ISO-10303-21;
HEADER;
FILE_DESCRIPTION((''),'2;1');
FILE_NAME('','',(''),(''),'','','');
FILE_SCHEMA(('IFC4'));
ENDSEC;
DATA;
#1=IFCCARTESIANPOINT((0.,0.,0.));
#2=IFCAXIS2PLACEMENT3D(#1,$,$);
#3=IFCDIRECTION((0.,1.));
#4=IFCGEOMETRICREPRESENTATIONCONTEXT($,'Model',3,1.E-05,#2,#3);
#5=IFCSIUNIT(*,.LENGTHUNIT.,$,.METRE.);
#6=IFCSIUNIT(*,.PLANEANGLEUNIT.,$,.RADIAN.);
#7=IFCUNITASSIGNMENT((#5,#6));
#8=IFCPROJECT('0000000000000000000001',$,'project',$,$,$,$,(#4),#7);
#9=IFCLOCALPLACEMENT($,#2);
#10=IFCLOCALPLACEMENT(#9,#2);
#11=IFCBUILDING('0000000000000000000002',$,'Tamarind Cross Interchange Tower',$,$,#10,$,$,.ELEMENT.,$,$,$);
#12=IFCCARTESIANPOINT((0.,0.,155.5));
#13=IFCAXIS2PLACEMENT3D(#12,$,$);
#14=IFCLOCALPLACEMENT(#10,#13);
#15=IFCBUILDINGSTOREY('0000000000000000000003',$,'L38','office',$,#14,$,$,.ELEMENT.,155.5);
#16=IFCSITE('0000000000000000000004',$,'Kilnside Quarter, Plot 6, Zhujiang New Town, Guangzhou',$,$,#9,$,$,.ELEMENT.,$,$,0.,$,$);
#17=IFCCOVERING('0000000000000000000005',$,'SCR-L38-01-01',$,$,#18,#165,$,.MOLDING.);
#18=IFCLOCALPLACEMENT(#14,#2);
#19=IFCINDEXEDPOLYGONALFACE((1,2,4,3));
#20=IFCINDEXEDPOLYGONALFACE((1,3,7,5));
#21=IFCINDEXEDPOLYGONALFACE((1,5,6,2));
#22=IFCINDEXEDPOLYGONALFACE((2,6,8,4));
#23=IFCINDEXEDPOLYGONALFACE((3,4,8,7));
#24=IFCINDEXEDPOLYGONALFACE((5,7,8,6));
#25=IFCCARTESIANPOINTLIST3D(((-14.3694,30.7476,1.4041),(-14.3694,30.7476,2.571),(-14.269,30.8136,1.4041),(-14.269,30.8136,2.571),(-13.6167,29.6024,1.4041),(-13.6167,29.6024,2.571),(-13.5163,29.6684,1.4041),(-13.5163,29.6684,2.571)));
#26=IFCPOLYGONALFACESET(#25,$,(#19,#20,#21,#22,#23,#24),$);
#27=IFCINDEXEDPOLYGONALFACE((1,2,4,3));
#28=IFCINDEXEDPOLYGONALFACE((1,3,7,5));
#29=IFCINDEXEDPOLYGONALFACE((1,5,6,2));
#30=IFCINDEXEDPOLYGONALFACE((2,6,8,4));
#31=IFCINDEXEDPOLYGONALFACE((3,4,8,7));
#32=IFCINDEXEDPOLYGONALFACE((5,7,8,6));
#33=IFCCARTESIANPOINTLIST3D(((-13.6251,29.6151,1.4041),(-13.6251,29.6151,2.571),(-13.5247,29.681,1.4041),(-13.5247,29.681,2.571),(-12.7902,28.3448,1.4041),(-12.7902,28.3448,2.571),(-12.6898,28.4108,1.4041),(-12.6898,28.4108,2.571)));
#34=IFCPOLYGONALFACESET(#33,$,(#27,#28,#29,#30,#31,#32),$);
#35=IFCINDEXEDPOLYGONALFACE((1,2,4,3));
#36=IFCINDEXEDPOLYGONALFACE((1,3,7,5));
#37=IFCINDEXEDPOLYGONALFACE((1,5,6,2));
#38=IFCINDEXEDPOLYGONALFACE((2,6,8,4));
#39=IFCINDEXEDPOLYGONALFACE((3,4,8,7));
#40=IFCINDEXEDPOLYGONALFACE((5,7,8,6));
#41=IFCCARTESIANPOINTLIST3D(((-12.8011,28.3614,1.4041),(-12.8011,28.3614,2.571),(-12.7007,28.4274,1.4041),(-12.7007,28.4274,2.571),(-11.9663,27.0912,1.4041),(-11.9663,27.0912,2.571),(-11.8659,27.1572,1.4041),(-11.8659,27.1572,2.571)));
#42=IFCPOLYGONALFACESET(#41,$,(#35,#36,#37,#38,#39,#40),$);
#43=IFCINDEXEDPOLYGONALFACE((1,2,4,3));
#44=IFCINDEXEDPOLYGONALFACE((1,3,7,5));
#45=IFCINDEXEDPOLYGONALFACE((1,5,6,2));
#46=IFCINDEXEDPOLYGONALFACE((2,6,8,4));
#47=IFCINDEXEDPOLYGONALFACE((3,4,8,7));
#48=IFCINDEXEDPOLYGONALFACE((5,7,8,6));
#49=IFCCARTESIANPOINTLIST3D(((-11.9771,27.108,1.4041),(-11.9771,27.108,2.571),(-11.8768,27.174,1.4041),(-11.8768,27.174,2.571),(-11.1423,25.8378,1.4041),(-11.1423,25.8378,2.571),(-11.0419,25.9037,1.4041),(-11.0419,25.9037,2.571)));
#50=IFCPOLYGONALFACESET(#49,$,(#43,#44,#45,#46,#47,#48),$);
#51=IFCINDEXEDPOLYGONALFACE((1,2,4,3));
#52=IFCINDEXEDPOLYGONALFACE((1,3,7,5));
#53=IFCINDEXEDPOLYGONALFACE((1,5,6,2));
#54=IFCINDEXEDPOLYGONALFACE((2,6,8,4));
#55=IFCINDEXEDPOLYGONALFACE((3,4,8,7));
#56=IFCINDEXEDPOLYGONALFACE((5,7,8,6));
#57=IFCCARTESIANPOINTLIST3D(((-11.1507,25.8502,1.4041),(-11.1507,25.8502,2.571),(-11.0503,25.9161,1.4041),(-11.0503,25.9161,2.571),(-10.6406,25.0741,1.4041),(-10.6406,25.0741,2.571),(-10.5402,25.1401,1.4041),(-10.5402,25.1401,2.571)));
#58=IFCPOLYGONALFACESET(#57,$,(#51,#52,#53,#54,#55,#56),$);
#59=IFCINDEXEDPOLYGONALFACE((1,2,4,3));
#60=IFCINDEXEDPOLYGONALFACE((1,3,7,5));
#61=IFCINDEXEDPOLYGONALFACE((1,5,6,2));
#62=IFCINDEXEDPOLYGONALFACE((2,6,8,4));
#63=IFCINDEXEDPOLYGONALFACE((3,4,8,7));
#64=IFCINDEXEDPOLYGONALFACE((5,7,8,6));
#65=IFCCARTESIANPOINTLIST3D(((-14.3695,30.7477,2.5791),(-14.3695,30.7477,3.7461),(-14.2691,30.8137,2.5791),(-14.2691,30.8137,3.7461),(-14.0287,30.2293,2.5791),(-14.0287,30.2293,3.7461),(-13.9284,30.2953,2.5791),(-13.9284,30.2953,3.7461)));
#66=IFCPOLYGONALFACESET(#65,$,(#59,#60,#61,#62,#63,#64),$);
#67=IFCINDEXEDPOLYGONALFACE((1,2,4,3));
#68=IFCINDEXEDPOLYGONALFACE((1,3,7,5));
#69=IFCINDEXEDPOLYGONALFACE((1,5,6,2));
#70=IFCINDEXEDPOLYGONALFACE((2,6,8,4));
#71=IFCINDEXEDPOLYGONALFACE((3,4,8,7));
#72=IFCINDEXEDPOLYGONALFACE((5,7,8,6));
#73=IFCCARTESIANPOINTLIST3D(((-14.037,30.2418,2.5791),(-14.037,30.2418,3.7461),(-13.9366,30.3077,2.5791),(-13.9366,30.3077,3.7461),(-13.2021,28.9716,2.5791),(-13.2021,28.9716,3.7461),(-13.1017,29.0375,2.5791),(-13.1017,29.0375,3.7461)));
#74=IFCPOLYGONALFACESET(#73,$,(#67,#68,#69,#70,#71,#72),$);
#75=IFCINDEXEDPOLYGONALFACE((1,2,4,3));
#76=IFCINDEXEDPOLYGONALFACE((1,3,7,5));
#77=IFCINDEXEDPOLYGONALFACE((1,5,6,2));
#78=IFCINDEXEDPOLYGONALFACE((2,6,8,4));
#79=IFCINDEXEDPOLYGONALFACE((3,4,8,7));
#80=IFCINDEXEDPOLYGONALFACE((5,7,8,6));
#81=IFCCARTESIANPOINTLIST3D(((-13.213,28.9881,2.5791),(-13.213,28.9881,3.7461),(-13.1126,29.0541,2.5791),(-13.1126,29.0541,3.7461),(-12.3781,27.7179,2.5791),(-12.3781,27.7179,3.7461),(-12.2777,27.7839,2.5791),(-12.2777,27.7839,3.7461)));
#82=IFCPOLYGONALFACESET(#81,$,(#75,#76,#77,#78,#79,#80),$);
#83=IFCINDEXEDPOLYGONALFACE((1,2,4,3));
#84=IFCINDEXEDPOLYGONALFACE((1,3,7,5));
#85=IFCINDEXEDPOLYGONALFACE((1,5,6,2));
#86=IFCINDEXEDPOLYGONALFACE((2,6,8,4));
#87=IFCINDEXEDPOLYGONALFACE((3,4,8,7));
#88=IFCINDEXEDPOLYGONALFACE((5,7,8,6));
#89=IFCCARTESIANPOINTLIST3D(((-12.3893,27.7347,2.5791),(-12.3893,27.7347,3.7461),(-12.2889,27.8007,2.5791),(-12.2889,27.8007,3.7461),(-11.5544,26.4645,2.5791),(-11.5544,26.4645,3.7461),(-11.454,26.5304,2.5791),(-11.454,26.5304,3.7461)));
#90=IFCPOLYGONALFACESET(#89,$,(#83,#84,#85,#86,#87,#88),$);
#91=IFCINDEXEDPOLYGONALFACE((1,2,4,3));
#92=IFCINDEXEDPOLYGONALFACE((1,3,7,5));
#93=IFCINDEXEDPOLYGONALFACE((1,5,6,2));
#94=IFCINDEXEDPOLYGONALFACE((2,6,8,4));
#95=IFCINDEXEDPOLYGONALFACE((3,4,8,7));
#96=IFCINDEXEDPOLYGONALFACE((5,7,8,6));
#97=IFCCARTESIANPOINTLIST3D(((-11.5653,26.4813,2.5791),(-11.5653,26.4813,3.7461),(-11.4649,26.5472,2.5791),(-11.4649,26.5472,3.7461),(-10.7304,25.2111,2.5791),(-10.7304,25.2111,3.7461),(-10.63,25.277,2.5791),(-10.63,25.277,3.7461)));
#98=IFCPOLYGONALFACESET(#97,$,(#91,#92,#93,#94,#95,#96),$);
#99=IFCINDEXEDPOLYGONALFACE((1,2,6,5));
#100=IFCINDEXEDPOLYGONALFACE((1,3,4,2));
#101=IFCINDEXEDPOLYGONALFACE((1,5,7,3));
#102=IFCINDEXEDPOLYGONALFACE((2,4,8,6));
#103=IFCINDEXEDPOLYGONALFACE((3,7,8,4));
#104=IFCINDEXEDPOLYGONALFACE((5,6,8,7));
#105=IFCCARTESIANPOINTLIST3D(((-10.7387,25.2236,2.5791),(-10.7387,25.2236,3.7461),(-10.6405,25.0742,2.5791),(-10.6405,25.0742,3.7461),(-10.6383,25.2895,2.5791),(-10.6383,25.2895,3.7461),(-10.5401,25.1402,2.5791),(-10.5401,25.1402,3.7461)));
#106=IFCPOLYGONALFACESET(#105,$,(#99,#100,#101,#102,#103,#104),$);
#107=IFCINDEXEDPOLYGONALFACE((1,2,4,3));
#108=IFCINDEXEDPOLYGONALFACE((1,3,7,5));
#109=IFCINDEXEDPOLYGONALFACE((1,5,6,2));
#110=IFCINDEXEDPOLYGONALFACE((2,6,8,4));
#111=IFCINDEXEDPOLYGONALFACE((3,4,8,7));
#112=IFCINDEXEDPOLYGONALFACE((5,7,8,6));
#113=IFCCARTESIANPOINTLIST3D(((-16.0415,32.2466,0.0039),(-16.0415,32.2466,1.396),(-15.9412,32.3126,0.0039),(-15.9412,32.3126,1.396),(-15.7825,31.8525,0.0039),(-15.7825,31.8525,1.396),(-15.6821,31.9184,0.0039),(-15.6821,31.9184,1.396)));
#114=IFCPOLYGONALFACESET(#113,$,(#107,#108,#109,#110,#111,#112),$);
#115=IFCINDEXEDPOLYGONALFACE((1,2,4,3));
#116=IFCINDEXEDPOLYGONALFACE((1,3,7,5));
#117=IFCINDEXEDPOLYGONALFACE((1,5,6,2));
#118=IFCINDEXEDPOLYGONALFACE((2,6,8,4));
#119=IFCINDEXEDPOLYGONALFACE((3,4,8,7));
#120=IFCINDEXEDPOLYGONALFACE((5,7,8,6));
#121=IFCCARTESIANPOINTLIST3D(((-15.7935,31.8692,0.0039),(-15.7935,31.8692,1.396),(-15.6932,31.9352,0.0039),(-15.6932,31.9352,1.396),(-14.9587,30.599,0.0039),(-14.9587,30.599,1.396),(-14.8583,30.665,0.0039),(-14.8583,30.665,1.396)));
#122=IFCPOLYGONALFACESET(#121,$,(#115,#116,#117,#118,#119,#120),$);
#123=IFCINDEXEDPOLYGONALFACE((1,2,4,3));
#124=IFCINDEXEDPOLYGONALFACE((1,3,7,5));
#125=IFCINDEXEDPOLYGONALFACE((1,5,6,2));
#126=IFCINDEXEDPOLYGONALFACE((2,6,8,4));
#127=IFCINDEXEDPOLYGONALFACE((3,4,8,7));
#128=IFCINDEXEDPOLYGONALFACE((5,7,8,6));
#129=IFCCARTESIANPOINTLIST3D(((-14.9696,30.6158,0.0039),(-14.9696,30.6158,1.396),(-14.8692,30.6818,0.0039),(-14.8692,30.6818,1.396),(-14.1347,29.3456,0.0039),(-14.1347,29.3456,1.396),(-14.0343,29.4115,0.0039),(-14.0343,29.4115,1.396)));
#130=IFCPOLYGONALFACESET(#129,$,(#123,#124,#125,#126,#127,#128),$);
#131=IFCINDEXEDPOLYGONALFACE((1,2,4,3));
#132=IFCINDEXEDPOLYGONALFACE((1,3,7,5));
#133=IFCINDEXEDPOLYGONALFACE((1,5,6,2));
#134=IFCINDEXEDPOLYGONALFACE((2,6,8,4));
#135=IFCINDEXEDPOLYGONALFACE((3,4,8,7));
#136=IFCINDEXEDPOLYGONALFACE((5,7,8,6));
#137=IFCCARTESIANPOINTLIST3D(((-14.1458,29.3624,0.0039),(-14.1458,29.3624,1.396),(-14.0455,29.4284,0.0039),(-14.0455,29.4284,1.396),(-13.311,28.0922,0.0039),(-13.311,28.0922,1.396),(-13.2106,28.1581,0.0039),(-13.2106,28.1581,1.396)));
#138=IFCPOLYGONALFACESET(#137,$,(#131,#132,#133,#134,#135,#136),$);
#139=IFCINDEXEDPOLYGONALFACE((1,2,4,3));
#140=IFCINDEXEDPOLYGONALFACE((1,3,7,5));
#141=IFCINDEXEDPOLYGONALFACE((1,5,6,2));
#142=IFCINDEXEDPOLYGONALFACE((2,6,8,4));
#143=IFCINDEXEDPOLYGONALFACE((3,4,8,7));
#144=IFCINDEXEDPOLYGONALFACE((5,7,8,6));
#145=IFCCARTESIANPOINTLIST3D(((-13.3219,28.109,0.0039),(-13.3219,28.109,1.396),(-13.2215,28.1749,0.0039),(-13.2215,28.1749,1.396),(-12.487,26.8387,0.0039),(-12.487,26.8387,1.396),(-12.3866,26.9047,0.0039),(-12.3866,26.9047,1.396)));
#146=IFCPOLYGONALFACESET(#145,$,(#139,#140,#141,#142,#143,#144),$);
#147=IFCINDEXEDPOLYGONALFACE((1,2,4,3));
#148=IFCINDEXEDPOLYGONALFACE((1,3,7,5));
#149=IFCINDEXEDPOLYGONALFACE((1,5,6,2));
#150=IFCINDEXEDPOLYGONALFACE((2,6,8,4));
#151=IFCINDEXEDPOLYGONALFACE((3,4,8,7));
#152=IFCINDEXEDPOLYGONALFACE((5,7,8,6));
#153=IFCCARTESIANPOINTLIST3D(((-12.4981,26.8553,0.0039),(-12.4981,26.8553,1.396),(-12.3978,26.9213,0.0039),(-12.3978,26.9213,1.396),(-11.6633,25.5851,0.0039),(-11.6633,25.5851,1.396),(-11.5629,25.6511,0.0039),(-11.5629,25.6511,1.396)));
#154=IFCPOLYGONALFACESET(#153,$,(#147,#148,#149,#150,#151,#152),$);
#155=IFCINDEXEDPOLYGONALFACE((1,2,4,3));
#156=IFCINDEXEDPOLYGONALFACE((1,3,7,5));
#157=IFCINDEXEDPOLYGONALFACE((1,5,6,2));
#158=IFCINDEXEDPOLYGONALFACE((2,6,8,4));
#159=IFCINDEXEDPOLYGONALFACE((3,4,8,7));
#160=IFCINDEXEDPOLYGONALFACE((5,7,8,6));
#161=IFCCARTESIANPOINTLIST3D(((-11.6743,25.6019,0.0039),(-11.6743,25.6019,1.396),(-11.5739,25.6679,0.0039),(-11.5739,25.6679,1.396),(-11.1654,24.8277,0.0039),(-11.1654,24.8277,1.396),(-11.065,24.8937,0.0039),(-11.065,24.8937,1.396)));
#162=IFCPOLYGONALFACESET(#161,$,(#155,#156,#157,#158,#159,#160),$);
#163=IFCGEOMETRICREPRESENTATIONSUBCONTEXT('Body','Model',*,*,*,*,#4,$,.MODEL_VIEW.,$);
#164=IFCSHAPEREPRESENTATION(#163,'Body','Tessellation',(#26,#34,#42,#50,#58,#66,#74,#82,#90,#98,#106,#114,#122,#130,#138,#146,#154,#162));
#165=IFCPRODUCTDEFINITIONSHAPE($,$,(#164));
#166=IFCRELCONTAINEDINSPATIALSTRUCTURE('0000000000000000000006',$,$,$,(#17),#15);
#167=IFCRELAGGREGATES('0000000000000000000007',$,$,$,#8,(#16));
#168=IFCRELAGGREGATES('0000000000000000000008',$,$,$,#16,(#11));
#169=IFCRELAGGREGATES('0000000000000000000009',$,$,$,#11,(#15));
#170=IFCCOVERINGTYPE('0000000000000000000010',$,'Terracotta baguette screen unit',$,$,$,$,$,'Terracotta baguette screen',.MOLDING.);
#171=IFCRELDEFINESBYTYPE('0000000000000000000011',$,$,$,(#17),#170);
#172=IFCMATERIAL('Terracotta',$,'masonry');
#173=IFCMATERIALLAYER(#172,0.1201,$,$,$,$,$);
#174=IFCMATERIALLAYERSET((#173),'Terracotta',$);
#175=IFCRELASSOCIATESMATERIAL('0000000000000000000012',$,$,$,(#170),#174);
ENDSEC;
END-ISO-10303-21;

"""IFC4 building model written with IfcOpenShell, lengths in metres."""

from ifc_helpers import new_model, si_unit, direction, frame, origin, origin_2d, place, context, subcontext, project, spatial, rectangle, extrude, material, layer, layer_set, type_object, element, save


model = new_model("IFC4")

# Units and contexts
model_context = context("Model", 3, precision=1e-05, world=origin(), true_north=direction((0.0, 1.0)))
body_context = subcontext(model_context, "Body", "Model", "MODEL_VIEW")
ifc_project = project(units=[si_unit("LENGTHUNIT", "METRE"), si_unit("PLANEANGLEUNIT", "RADIAN")], contexts=[model_context])

# Site, building, storey
site_placement = place(None, origin())
site = spatial("IfcSite", under=ifc_project, at=site_placement, Name="Kilnside Quarter, Plot 6, Zhujiang New Town, Guangzhou", CompositionType="ELEMENT", RefElevation=0.0)
building_placement = place(site_placement, origin())
building = spatial("IfcBuilding", under=site, at=building_placement, Name="Tamarind Cross Interchange Tower", CompositionType="ELEMENT")
storey_placement = place(building_placement, frame((0.0, 0.0, 155.5)))
storey = spatial("IfcBuildingStorey", under=building, at=storey_placement, Name="L38", Description="office", CompositionType="ELEMENT", Elevation=155.5)

# Covering
ifc_material_1 = material(Name="Terracotta", Category="masonry")
ifc_layer_1 = layer(ifc_material_1, 0.1201)
ifc_layer_set_1 = layer_set([ifc_layer_1], Name="Terracotta")
covering_type = type_object("IfcCoveringType", Name="Terracotta baguette screen unit", ElementType="Terracotta baguette screen", PredefinedType="MOLDING", material=ifc_layer_set_1)
covering_1_placement = place(storey_placement, origin())
element("IfcCovering", 1, at=covering_1_placement, inside=storey, type_object=covering_type, Name="SCR-L38-01-01", PredefinedType="MOLDING", context=body_context, shape_type="SweptSolid", body=[
    extrude(rectangle(XDim=1.3704, YDim=0.1201, at=origin_2d()), frame((-13.9429, 30.208, 1.4041), z_axis=(0.0, 0.0, 1.0), x_axis=(0.549248, -0.83566, 0.0)), (0.0, 0.0, 1.0), 1.167),
    extrude(rectangle(XDim=1.52, YDim=0.1201, at=origin_2d()), frame((-13.1575, 29.0129, 1.4041), z_axis=(0.0, 0.0, 1.0), x_axis=(0.549248, -0.83566, 0.0)), (0.0, 0.0, 1.0), 1.167),
    extrude(rectangle(XDim=1.52, YDim=0.1201, at=origin_2d()), frame((-12.3335, 27.7593, 1.4041), z_axis=(0.0, 0.0, 1.0), x_axis=(0.549248, -0.83566, 0.0)), (0.0, 0.0, 1.0), 1.167),
    extrude(rectangle(XDim=1.52, YDim=0.1201, at=origin_2d()), frame((-11.5095, 26.5059, 1.4041), z_axis=(0.0, 0.0, 1.0), x_axis=(0.549248, -0.83566, 0.0)), (0.0, 0.0, 1.0), 1.167),
    extrude(rectangle(XDim=0.9287, YDim=0.1201, at=origin_2d()), frame((-10.8455, 25.4951, 1.4041), z_axis=(0.0, 0.0, 1.0), x_axis=(0.549248, -0.83566, 0.0)), (0.0, 0.0, 1.0), 1.167),
    extrude(rectangle(XDim=0.6204, YDim=0.1201, at=origin_2d()), frame((-14.1489, 30.5215, 2.5791), z_axis=(0.0, 0.0, 1.0), x_axis=(0.549248, -0.83566, 0.0)), (0.0, 0.0, 1.0), 1.167),
    extrude(rectangle(XDim=1.52, YDim=0.1201, at=origin_2d()), frame((-13.5693, 29.6396, 2.5791), z_axis=(0.0, 0.0, 1.0), x_axis=(0.549248, -0.83566, 0.0)), (0.0, 0.0, 1.0), 1.167),
    extrude(rectangle(XDim=1.52, YDim=0.1201, at=origin_2d()), frame((-12.7454, 28.386, 2.5791), z_axis=(0.0, 0.0, 1.0), x_axis=(0.549248, -0.83566, 0.0)), (0.0, 0.0, 1.0), 1.167),
    extrude(rectangle(XDim=1.52, YDim=0.1201, at=origin_2d()), frame((-11.9216, 27.1326, 2.5791), z_axis=(0.0, 0.0, 1.0), x_axis=(0.549248, -0.83566, 0.0)), (0.0, 0.0, 1.0), 1.167),
    extrude(rectangle(XDim=1.52, YDim=0.1201, at=origin_2d()), frame((-11.0977, 25.8792, 2.5791), z_axis=(0.0, 0.0, 1.0), x_axis=(0.549248, -0.83566, 0.0)), (0.0, 0.0, 1.0), 1.167),
    extrude(rectangle(XDim=0.1787, YDim=0.1201, at=origin_2d()), frame((-10.6394, 25.1819, 2.5791), z_axis=(0.0, 0.0, 1.0), x_axis=(0.549248, -0.83566, 0.0)), (0.0, 0.0, 1.0), 1.167),
    extrude(rectangle(XDim=0.4717, YDim=0.1201, at=origin_2d()), frame((-15.8618, 32.0825, 0.0039), z_axis=(0.0, 0.0, 1.0), x_axis=(0.549248, -0.83566, 0.0)), (0.0, 0.0, 1.0), 1.3921),
    extrude(rectangle(XDim=1.52, YDim=0.1201, at=origin_2d()), frame((-15.3259, 31.2671, 0.0039), z_axis=(0.0, 0.0, 1.0), x_axis=(0.549248, -0.83566, 0.0)), (0.0, 0.0, 1.0), 1.3921),
    extrude(rectangle(XDim=1.52, YDim=0.1201, at=origin_2d()), frame((-14.502, 30.0137, 0.0039), z_axis=(0.0, 0.0, 1.0), x_axis=(0.549248, -0.83566, 0.0)), (0.0, 0.0, 1.0), 1.3921),
    extrude(rectangle(XDim=1.52, YDim=0.1201, at=origin_2d()), frame((-13.6782, 28.7603, 0.0039), z_axis=(0.0, 0.0, 1.0), x_axis=(0.549248, -0.83566, 0.0)), (0.0, 0.0, 1.0), 1.3921),
    extrude(rectangle(XDim=1.52, YDim=0.1201, at=origin_2d()), frame((-12.8542, 27.5068, 0.0039), z_axis=(0.0, 0.0, 1.0), x_axis=(0.549248, -0.83566, 0.0)), (0.0, 0.0, 1.0), 1.3921),
    extrude(rectangle(XDim=1.52, YDim=0.1201, at=origin_2d()), frame((-12.0305, 26.2532, 0.0039), z_axis=(0.0, 0.0, 1.0), x_axis=(0.549248, -0.83566, 0.0)), (0.0, 0.0, 1.0), 1.3921),
    extrude(rectangle(XDim=0.9265, YDim=0.1201, at=origin_2d()), frame((-11.3696, 25.2478, 0.0039), z_axis=(0.0, 0.0, 1.0), x_axis=(0.549248, -0.83566, 0.0)), (0.0, 0.0, 1.0), 1.3921),
])

save(model, "model.ifc")
